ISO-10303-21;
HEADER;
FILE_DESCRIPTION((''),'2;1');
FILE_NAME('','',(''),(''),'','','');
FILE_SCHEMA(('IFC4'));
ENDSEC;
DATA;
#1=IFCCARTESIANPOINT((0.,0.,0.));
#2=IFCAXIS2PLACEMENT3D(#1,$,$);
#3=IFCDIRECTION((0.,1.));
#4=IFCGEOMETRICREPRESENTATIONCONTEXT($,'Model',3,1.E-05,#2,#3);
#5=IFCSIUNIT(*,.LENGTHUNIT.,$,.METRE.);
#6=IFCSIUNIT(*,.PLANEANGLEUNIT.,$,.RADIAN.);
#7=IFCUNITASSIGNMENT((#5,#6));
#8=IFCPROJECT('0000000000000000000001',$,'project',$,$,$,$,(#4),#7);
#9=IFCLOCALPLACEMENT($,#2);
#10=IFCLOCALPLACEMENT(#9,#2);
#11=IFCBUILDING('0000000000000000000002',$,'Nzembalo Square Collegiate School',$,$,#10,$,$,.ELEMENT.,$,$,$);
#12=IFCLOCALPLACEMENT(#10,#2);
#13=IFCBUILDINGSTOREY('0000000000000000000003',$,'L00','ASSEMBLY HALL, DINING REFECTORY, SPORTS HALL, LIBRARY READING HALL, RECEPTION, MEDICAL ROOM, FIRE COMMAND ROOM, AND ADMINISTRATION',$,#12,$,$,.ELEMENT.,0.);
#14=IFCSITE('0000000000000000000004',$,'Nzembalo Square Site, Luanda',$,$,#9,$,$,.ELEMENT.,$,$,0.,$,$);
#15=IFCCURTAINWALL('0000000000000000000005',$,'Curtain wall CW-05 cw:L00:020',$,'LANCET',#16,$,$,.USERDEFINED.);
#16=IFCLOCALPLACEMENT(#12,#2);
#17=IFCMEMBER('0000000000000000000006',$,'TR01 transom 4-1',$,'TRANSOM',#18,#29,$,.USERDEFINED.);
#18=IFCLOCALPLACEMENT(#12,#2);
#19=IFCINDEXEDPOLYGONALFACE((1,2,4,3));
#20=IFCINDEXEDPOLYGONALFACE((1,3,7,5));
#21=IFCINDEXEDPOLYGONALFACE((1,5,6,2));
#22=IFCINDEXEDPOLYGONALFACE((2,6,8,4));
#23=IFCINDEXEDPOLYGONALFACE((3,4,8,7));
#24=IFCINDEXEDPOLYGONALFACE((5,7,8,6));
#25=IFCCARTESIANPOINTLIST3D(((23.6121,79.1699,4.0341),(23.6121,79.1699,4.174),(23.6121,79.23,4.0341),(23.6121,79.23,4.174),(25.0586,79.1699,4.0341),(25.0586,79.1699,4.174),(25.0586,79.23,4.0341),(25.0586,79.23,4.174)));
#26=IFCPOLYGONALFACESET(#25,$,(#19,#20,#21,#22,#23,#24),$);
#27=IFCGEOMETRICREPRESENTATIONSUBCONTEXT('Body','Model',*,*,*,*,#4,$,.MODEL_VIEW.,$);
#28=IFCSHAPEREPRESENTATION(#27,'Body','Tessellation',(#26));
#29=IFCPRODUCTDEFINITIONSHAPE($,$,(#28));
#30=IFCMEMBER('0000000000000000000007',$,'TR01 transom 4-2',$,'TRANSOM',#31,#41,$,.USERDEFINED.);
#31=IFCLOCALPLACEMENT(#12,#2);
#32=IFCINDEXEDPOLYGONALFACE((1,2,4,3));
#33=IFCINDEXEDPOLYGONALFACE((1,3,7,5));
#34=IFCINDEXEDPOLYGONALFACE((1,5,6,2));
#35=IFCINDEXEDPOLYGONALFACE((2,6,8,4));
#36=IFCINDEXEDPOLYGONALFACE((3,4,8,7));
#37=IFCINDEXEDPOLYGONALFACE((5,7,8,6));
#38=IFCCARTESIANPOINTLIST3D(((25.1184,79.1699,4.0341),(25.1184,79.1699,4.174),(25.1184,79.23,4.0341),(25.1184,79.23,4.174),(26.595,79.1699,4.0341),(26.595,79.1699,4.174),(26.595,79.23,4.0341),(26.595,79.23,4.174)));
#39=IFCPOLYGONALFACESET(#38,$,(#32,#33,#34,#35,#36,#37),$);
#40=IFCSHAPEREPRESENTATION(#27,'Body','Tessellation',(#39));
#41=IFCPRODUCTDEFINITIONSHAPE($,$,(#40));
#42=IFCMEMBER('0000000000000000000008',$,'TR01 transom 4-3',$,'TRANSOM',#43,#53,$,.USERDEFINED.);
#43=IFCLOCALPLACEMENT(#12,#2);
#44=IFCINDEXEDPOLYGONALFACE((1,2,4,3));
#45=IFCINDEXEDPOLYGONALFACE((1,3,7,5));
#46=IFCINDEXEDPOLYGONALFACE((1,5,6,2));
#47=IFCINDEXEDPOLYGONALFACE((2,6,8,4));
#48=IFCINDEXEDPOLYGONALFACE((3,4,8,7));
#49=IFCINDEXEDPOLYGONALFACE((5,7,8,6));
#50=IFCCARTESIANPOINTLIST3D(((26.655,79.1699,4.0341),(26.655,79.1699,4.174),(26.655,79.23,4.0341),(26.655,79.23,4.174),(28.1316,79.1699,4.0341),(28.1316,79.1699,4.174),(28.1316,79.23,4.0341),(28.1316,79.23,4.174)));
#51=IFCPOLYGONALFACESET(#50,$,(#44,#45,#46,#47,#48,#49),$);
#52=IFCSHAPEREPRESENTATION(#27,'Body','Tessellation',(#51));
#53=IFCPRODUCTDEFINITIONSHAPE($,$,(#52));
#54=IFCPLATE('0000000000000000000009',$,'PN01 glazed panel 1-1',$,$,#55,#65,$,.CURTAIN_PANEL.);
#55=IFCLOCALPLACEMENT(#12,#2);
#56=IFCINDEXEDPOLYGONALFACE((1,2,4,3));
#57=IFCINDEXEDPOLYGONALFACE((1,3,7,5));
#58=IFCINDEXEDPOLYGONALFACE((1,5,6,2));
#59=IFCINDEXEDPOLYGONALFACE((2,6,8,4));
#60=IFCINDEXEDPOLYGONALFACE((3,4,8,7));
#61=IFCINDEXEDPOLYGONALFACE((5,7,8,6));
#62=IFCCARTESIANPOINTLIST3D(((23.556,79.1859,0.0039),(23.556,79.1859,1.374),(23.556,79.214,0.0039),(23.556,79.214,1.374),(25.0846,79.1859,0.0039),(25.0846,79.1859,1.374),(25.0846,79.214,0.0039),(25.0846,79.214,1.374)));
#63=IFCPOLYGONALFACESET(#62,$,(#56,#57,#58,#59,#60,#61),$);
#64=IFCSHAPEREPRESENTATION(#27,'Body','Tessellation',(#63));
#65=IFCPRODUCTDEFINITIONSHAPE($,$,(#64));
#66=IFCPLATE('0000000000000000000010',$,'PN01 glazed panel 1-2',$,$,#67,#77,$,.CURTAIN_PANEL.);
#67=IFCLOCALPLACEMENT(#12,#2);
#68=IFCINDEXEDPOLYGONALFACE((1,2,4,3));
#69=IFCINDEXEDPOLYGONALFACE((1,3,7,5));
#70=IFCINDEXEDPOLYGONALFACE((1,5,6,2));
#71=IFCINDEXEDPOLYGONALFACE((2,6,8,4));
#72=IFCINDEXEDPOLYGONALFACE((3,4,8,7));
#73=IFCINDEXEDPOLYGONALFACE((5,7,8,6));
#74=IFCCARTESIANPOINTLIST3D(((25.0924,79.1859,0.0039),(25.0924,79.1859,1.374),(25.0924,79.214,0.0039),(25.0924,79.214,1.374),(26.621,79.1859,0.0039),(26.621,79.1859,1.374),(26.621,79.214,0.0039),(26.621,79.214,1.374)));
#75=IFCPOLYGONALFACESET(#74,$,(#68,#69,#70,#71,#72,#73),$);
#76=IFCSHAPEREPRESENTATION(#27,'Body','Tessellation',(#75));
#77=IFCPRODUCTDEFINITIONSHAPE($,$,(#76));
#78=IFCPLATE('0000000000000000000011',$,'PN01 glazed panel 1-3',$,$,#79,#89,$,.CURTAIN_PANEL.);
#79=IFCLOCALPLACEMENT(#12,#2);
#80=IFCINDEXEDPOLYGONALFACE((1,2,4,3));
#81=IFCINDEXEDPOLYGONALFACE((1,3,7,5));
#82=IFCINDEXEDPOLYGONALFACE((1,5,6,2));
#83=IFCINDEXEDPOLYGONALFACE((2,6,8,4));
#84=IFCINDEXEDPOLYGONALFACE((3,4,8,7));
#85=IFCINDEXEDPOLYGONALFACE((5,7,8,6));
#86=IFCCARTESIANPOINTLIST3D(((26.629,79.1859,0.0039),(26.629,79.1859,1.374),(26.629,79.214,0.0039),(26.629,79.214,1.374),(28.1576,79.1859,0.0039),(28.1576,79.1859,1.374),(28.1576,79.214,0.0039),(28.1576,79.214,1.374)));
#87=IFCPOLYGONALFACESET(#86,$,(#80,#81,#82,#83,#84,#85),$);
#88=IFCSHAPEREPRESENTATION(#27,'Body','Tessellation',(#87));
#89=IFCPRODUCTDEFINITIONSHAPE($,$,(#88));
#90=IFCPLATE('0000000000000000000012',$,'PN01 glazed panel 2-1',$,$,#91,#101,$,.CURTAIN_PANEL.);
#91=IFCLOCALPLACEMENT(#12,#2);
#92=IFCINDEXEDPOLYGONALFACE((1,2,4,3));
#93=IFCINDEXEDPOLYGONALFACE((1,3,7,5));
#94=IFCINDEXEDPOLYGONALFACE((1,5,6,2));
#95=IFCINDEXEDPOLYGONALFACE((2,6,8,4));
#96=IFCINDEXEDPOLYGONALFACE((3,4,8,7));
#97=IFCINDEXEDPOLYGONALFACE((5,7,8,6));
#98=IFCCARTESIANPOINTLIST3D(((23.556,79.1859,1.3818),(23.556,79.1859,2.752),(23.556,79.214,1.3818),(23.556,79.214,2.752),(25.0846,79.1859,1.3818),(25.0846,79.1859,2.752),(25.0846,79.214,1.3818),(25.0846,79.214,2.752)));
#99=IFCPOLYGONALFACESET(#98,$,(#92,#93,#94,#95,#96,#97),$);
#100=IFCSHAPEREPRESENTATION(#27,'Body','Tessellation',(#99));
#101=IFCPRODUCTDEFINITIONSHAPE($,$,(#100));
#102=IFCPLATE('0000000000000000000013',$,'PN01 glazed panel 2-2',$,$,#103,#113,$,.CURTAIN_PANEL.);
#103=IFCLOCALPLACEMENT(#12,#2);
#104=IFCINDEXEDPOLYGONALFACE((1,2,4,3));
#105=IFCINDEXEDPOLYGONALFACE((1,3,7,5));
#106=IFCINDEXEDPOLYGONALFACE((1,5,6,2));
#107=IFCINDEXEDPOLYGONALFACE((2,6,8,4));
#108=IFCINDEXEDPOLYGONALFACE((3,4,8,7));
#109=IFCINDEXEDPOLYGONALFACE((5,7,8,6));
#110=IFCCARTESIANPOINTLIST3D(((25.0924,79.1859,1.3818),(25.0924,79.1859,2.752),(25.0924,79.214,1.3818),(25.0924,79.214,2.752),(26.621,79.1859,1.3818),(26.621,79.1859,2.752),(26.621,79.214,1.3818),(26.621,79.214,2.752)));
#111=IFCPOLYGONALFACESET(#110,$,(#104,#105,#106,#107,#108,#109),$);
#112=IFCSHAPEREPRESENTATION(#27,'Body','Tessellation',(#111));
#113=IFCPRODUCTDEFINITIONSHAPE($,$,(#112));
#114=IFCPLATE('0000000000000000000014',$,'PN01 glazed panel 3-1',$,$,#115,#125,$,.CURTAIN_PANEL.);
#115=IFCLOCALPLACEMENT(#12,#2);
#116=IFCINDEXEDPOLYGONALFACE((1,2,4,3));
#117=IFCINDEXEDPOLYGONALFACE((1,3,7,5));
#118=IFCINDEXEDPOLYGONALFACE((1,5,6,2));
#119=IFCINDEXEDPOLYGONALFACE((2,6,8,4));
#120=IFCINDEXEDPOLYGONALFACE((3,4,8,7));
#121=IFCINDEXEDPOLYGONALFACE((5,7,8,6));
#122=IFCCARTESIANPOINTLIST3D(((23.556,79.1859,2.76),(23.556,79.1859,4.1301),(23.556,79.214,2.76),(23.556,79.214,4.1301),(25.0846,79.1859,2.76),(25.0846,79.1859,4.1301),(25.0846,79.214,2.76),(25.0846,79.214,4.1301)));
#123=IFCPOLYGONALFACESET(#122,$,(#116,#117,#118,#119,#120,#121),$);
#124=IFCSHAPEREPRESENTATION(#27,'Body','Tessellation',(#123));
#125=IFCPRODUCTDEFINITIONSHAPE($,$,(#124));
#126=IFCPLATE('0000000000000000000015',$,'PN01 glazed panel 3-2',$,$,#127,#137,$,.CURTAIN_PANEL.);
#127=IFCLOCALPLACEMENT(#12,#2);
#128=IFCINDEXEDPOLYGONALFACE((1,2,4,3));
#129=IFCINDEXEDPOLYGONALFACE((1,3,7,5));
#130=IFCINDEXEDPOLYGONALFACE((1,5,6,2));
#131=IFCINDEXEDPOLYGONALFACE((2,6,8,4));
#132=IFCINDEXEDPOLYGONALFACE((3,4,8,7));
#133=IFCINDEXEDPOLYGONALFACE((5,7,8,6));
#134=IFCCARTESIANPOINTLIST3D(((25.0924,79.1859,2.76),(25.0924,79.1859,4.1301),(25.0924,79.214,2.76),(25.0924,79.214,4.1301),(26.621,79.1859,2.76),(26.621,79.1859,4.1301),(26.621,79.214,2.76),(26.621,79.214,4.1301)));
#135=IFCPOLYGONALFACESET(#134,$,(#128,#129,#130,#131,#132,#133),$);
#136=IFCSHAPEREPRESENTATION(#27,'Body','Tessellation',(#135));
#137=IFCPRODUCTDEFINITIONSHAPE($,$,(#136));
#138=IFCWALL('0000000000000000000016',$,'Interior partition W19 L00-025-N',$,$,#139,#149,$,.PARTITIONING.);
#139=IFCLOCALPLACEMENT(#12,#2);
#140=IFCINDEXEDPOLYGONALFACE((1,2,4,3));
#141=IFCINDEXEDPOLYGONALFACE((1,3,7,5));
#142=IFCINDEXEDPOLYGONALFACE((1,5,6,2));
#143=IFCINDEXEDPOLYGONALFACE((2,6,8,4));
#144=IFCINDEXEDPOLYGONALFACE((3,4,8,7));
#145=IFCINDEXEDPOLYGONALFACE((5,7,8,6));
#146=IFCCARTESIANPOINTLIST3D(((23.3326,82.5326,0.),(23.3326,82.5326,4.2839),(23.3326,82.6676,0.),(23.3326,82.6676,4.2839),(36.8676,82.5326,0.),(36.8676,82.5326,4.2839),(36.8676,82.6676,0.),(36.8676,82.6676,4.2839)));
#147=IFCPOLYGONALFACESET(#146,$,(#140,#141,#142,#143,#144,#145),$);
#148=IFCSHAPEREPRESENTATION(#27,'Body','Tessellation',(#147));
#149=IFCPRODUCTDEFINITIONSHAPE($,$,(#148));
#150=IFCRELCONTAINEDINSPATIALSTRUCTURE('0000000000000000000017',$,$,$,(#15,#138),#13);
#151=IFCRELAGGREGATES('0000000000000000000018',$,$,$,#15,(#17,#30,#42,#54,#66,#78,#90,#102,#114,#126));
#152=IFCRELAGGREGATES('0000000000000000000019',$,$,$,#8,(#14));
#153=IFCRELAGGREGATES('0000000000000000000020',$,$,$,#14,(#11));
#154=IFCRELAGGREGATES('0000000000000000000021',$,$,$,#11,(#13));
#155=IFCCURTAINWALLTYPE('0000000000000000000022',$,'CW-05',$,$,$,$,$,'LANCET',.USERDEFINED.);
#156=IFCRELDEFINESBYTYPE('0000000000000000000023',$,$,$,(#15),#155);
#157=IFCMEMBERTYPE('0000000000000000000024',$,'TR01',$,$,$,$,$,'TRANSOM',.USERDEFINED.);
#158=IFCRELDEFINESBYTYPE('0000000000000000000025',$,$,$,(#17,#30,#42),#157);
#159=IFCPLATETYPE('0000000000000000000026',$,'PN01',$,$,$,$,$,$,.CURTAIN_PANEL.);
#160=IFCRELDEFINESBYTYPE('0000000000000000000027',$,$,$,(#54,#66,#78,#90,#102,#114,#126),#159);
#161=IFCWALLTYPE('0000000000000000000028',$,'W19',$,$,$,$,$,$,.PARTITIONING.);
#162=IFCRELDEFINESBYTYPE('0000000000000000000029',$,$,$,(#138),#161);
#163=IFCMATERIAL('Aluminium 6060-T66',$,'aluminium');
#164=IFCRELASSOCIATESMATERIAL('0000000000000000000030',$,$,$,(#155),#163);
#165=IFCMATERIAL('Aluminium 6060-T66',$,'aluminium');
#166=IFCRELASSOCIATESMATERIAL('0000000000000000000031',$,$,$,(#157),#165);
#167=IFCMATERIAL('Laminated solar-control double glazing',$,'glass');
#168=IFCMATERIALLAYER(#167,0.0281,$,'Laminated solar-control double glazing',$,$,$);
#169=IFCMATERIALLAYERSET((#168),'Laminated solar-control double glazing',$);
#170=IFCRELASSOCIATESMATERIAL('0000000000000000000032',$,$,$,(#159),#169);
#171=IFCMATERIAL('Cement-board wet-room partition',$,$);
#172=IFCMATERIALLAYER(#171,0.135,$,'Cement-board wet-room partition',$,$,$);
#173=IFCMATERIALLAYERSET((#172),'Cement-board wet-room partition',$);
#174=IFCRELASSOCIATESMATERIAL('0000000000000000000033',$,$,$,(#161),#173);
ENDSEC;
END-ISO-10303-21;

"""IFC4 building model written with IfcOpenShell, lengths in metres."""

from ifc_helpers import new_model, si_unit, direction, frame, frame_2d, origin, origin_2d, place, context, subcontext, project, spatial, rectangle, extrude, material, layer, layer_set, material_profile, profile_set, type_object, element, aggregate, save


model = new_model("IFC4")

# Units and contexts
model_context = context("Model", 3, precision=1e-05, world=origin(), true_north=direction((0.0, 1.0)))
body_context = subcontext(model_context, "Body", "Model", "MODEL_VIEW")
ifc_project = project(units=[si_unit("LENGTHUNIT", "METRE"), si_unit("PLANEANGLEUNIT", "RADIAN")], contexts=[model_context])

# Site, building, storey
site_placement = place(None, origin())
site = spatial("IfcSite", under=ifc_project, at=site_placement, Name="Nzembalo Square Site, Luanda", CompositionType="ELEMENT", RefElevation=0.0)
building_placement = place(site_placement, origin())
building = spatial("IfcBuilding", under=site, at=building_placement, Name="Nzembalo Square Collegiate School", CompositionType="ELEMENT")
storey_placement = place(building_placement, origin())
storey = spatial("IfcBuildingStorey", under=building, at=storey_placement, Name="L00", Description="ASSEMBLY HALL, DINING REFECTORY, SPORTS HALL, LIBRARY READING HALL, RECEPTION, MEDICAL ROOM, FIRE COMMAND ROOM, AND ADMINISTRATION", CompositionType="ELEMENT", Elevation=0.0)

# Curtain wall, members, plates
ifc_material_1 = material(Name="Aluminium 6060-T66", Category="aluminium")
curtain_wall_type = type_object("IfcCurtainWallType", Name="CW-05", ElementType="LANCET", PredefinedType="USERDEFINED", material=ifc_material_1)
curtain_wall_placement = place(storey_placement, origin())
curtain_wall = element("IfcCurtainWall", 1, at=curtain_wall_placement, inside=storey, type_object=curtain_wall_type, Name="Curtain wall CW-05 cw:L00:020", ObjectType="LANCET", PredefinedType="USERDEFINED")
ifc_material_2 = material(Name="Aluminium 6060-T66", Category="aluminium")
ifc_material_profile_1 = material_profile(ifc_material_2, rectangle(XDim=0.0601, YDim=0.1399, at=origin_2d()), Name="ALU T60x140")
ifc_profile_set_1 = profile_set([ifc_material_profile_1], Name="Aluminium 6060-T66")
member_type_1 = type_object("IfcMemberType", Name="TR01", ElementType="TRANSOM", PredefinedType="USERDEFINED", material=ifc_profile_set_1)
member_1_placement = place(storey_placement, frame((23.6121, 79.2, 4.104), z_axis=(1.0, 0.0, 0.0), x_axis=(0.0, 1.0, 0.0)))
member_1 = element("IfcMember", 2, at=member_1_placement, type_object=member_type_1, Name="TR01 transom 4-1", ObjectType="TRANSOM", PredefinedType="USERDEFINED", context=body_context, shape_type="SweptSolid", body=[
    extrude(rectangle(XDim=0.0601, YDim=0.1399, at=origin_2d()), origin(), (0.0, 0.0, 1.0), 1.4465),
])
member_2_placement = place(storey_placement, frame((25.1184, 79.2, 4.104), z_axis=(1.0, 0.0, 0.0), x_axis=(0.0, 1.0, 0.0)))
member_2 = element("IfcMember", 3, at=member_2_placement, type_object=member_type_1, Name="TR01 transom 4-2", ObjectType="TRANSOM", PredefinedType="USERDEFINED", context=body_context, shape_type="SweptSolid", body=[
    extrude(rectangle(XDim=0.0601, YDim=0.1399, at=origin_2d()), origin(), (0.0, 0.0, 1.0), 1.4766),
])
member_3_placement = place(storey_placement, frame((26.655, 79.2, 4.104), z_axis=(1.0, 0.0, 0.0), x_axis=(0.0, 1.0, 0.0)))
member_3 = element("IfcMember", 4, at=member_3_placement, type_object=member_type_1, Name="TR01 transom 4-3", ObjectType="TRANSOM", PredefinedType="USERDEFINED", context=body_context, shape_type="SweptSolid", body=[
    extrude(rectangle(XDim=0.0601, YDim=0.1399, at=origin_2d()), origin(), (0.0, 0.0, 1.0), 1.4766),
])
ifc_material_3 = material(Name="Laminated solar-control double glazing", Category="glass")
ifc_layer_1 = layer(ifc_material_3, 0.0281, Name="Laminated solar-control double glazing")
ifc_layer_set_1 = layer_set([ifc_layer_1], Name="Laminated solar-control double glazing")
plate_type = type_object("IfcPlateType", Name="PN01", PredefinedType="CURTAIN_PANEL", material=ifc_layer_set_1)
plate_1_placement = place(storey_placement, frame((24.3203, 79.2, 0.0039), z_axis=(0.0, 0.0, 1.0), x_axis=(1.0, 0.0, 0.0)))
plate_1 = element("IfcPlate", 5, at=plate_1_placement, type_object=plate_type, Name="PN01 glazed panel 1-1", PredefinedType="CURTAIN_PANEL", context=body_context, shape_type="SweptSolid", body=[
    extrude(rectangle(XDim=1.5286, YDim=0.0281, at=origin_2d()), origin(), (0.0, 0.0, 1.0), 1.3701),
])
plate_2_placement = place(storey_placement, frame((25.8567, 79.2, 0.0039), z_axis=(0.0, 0.0, 1.0), x_axis=(1.0, 0.0, 0.0)))
plate_2 = element("IfcPlate", 6, at=plate_2_placement, type_object=plate_type, Name="PN01 glazed panel 1-2", PredefinedType="CURTAIN_PANEL", context=body_context, shape_type="SweptSolid", body=[
    extrude(rectangle(XDim=1.5286, YDim=0.0281, at=origin_2d()), origin(), (0.0, 0.0, 1.0), 1.3701),
])
plate_3_placement = place(storey_placement, frame((27.3933, 79.2, 0.0039), z_axis=(0.0, 0.0, 1.0), x_axis=(1.0, 0.0, 0.0)))
plate_3 = element("IfcPlate", 7, at=plate_3_placement, type_object=plate_type, Name="PN01 glazed panel 1-3", PredefinedType="CURTAIN_PANEL", context=body_context, shape_type="SweptSolid", body=[
    extrude(rectangle(XDim=1.5286, YDim=0.0281, at=origin_2d()), origin(), (0.0, 0.0, 1.0), 1.3701),
])
plate_4_placement = place(storey_placement, frame((24.3203, 79.2, 1.3818), z_axis=(0.0, 0.0, 1.0), x_axis=(1.0, 0.0, 0.0)))
plate_4 = element("IfcPlate", 8, at=plate_4_placement, type_object=plate_type, Name="PN01 glazed panel 2-1", PredefinedType="CURTAIN_PANEL", context=body_context, shape_type="SweptSolid", body=[
    extrude(rectangle(XDim=1.5286, YDim=0.0281, at=origin_2d()), origin(), (0.0, 0.0, 1.0), 1.3701),
])
plate_5_placement = place(storey_placement, frame((25.8567, 79.2, 1.3818), z_axis=(0.0, 0.0, 1.0), x_axis=(1.0, 0.0, 0.0)))
plate_5 = element("IfcPlate", 9, at=plate_5_placement, type_object=plate_type, Name="PN01 glazed panel 2-2", PredefinedType="CURTAIN_PANEL", context=body_context, shape_type="SweptSolid", body=[
    extrude(rectangle(XDim=1.5286, YDim=0.0281, at=origin_2d()), origin(), (0.0, 0.0, 1.0), 1.3701),
])
plate_6_placement = place(storey_placement, frame((24.3203, 79.2, 2.76), z_axis=(0.0, 0.0, 1.0), x_axis=(1.0, 0.0, 0.0)))
plate_6 = element("IfcPlate", 10, at=plate_6_placement, type_object=plate_type, Name="PN01 glazed panel 3-1", PredefinedType="CURTAIN_PANEL", context=body_context, shape_type="SweptSolid", body=[
    extrude(rectangle(XDim=1.5286, YDim=0.0281, at=origin_2d()), origin(), (0.0, 0.0, 1.0), 1.3701),
])
plate_7_placement = place(storey_placement, frame((25.8567, 79.2, 2.76), z_axis=(0.0, 0.0, 1.0), x_axis=(1.0, 0.0, 0.0)))
plate_7 = element("IfcPlate", 11, at=plate_7_placement, type_object=plate_type, Name="PN01 glazed panel 3-2", PredefinedType="CURTAIN_PANEL", context=body_context, shape_type="SweptSolid", body=[
    extrude(rectangle(XDim=1.5286, YDim=0.0281, at=origin_2d()), origin(), (0.0, 0.0, 1.0), 1.3701),
])
aggregate(curtain_wall, [member_1, member_2, member_3, plate_1, plate_2, plate_3, plate_4, plate_5, plate_6, plate_7])

# Wall
ifc_material_4 = material(Name="Cement-board wet-room partition")
ifc_layer_2 = layer(ifc_material_4, 0.135, Name="Cement-board wet-room partition")
ifc_layer_set_2 = layer_set([ifc_layer_2], Name="Cement-board wet-room partition")
wall_type = type_object("IfcWallType", Name="W19", PredefinedType="PARTITIONING", material=ifc_layer_set_2)
wall_1_placement = place(storey_placement, frame((23.3325, 82.6001, 0.0), z_axis=(0.0, 0.0, 1.0), x_axis=(1.0, 0.0, 0.0)))
element("IfcWall", 12, at=wall_1_placement, inside=storey, type_object=wall_type, Name="Interior partition W19 L00-025-N", PredefinedType="PARTITIONING", context=body_context, shape_type="SweptSolid", body=[
    extrude(rectangle(XDim=13.5349, YDim=0.135, at=frame_2d((6.7676, 0.0))), origin(), (0.0, 0.0, 1.0), 4.2839),
])

save(model, "model.ifc")
